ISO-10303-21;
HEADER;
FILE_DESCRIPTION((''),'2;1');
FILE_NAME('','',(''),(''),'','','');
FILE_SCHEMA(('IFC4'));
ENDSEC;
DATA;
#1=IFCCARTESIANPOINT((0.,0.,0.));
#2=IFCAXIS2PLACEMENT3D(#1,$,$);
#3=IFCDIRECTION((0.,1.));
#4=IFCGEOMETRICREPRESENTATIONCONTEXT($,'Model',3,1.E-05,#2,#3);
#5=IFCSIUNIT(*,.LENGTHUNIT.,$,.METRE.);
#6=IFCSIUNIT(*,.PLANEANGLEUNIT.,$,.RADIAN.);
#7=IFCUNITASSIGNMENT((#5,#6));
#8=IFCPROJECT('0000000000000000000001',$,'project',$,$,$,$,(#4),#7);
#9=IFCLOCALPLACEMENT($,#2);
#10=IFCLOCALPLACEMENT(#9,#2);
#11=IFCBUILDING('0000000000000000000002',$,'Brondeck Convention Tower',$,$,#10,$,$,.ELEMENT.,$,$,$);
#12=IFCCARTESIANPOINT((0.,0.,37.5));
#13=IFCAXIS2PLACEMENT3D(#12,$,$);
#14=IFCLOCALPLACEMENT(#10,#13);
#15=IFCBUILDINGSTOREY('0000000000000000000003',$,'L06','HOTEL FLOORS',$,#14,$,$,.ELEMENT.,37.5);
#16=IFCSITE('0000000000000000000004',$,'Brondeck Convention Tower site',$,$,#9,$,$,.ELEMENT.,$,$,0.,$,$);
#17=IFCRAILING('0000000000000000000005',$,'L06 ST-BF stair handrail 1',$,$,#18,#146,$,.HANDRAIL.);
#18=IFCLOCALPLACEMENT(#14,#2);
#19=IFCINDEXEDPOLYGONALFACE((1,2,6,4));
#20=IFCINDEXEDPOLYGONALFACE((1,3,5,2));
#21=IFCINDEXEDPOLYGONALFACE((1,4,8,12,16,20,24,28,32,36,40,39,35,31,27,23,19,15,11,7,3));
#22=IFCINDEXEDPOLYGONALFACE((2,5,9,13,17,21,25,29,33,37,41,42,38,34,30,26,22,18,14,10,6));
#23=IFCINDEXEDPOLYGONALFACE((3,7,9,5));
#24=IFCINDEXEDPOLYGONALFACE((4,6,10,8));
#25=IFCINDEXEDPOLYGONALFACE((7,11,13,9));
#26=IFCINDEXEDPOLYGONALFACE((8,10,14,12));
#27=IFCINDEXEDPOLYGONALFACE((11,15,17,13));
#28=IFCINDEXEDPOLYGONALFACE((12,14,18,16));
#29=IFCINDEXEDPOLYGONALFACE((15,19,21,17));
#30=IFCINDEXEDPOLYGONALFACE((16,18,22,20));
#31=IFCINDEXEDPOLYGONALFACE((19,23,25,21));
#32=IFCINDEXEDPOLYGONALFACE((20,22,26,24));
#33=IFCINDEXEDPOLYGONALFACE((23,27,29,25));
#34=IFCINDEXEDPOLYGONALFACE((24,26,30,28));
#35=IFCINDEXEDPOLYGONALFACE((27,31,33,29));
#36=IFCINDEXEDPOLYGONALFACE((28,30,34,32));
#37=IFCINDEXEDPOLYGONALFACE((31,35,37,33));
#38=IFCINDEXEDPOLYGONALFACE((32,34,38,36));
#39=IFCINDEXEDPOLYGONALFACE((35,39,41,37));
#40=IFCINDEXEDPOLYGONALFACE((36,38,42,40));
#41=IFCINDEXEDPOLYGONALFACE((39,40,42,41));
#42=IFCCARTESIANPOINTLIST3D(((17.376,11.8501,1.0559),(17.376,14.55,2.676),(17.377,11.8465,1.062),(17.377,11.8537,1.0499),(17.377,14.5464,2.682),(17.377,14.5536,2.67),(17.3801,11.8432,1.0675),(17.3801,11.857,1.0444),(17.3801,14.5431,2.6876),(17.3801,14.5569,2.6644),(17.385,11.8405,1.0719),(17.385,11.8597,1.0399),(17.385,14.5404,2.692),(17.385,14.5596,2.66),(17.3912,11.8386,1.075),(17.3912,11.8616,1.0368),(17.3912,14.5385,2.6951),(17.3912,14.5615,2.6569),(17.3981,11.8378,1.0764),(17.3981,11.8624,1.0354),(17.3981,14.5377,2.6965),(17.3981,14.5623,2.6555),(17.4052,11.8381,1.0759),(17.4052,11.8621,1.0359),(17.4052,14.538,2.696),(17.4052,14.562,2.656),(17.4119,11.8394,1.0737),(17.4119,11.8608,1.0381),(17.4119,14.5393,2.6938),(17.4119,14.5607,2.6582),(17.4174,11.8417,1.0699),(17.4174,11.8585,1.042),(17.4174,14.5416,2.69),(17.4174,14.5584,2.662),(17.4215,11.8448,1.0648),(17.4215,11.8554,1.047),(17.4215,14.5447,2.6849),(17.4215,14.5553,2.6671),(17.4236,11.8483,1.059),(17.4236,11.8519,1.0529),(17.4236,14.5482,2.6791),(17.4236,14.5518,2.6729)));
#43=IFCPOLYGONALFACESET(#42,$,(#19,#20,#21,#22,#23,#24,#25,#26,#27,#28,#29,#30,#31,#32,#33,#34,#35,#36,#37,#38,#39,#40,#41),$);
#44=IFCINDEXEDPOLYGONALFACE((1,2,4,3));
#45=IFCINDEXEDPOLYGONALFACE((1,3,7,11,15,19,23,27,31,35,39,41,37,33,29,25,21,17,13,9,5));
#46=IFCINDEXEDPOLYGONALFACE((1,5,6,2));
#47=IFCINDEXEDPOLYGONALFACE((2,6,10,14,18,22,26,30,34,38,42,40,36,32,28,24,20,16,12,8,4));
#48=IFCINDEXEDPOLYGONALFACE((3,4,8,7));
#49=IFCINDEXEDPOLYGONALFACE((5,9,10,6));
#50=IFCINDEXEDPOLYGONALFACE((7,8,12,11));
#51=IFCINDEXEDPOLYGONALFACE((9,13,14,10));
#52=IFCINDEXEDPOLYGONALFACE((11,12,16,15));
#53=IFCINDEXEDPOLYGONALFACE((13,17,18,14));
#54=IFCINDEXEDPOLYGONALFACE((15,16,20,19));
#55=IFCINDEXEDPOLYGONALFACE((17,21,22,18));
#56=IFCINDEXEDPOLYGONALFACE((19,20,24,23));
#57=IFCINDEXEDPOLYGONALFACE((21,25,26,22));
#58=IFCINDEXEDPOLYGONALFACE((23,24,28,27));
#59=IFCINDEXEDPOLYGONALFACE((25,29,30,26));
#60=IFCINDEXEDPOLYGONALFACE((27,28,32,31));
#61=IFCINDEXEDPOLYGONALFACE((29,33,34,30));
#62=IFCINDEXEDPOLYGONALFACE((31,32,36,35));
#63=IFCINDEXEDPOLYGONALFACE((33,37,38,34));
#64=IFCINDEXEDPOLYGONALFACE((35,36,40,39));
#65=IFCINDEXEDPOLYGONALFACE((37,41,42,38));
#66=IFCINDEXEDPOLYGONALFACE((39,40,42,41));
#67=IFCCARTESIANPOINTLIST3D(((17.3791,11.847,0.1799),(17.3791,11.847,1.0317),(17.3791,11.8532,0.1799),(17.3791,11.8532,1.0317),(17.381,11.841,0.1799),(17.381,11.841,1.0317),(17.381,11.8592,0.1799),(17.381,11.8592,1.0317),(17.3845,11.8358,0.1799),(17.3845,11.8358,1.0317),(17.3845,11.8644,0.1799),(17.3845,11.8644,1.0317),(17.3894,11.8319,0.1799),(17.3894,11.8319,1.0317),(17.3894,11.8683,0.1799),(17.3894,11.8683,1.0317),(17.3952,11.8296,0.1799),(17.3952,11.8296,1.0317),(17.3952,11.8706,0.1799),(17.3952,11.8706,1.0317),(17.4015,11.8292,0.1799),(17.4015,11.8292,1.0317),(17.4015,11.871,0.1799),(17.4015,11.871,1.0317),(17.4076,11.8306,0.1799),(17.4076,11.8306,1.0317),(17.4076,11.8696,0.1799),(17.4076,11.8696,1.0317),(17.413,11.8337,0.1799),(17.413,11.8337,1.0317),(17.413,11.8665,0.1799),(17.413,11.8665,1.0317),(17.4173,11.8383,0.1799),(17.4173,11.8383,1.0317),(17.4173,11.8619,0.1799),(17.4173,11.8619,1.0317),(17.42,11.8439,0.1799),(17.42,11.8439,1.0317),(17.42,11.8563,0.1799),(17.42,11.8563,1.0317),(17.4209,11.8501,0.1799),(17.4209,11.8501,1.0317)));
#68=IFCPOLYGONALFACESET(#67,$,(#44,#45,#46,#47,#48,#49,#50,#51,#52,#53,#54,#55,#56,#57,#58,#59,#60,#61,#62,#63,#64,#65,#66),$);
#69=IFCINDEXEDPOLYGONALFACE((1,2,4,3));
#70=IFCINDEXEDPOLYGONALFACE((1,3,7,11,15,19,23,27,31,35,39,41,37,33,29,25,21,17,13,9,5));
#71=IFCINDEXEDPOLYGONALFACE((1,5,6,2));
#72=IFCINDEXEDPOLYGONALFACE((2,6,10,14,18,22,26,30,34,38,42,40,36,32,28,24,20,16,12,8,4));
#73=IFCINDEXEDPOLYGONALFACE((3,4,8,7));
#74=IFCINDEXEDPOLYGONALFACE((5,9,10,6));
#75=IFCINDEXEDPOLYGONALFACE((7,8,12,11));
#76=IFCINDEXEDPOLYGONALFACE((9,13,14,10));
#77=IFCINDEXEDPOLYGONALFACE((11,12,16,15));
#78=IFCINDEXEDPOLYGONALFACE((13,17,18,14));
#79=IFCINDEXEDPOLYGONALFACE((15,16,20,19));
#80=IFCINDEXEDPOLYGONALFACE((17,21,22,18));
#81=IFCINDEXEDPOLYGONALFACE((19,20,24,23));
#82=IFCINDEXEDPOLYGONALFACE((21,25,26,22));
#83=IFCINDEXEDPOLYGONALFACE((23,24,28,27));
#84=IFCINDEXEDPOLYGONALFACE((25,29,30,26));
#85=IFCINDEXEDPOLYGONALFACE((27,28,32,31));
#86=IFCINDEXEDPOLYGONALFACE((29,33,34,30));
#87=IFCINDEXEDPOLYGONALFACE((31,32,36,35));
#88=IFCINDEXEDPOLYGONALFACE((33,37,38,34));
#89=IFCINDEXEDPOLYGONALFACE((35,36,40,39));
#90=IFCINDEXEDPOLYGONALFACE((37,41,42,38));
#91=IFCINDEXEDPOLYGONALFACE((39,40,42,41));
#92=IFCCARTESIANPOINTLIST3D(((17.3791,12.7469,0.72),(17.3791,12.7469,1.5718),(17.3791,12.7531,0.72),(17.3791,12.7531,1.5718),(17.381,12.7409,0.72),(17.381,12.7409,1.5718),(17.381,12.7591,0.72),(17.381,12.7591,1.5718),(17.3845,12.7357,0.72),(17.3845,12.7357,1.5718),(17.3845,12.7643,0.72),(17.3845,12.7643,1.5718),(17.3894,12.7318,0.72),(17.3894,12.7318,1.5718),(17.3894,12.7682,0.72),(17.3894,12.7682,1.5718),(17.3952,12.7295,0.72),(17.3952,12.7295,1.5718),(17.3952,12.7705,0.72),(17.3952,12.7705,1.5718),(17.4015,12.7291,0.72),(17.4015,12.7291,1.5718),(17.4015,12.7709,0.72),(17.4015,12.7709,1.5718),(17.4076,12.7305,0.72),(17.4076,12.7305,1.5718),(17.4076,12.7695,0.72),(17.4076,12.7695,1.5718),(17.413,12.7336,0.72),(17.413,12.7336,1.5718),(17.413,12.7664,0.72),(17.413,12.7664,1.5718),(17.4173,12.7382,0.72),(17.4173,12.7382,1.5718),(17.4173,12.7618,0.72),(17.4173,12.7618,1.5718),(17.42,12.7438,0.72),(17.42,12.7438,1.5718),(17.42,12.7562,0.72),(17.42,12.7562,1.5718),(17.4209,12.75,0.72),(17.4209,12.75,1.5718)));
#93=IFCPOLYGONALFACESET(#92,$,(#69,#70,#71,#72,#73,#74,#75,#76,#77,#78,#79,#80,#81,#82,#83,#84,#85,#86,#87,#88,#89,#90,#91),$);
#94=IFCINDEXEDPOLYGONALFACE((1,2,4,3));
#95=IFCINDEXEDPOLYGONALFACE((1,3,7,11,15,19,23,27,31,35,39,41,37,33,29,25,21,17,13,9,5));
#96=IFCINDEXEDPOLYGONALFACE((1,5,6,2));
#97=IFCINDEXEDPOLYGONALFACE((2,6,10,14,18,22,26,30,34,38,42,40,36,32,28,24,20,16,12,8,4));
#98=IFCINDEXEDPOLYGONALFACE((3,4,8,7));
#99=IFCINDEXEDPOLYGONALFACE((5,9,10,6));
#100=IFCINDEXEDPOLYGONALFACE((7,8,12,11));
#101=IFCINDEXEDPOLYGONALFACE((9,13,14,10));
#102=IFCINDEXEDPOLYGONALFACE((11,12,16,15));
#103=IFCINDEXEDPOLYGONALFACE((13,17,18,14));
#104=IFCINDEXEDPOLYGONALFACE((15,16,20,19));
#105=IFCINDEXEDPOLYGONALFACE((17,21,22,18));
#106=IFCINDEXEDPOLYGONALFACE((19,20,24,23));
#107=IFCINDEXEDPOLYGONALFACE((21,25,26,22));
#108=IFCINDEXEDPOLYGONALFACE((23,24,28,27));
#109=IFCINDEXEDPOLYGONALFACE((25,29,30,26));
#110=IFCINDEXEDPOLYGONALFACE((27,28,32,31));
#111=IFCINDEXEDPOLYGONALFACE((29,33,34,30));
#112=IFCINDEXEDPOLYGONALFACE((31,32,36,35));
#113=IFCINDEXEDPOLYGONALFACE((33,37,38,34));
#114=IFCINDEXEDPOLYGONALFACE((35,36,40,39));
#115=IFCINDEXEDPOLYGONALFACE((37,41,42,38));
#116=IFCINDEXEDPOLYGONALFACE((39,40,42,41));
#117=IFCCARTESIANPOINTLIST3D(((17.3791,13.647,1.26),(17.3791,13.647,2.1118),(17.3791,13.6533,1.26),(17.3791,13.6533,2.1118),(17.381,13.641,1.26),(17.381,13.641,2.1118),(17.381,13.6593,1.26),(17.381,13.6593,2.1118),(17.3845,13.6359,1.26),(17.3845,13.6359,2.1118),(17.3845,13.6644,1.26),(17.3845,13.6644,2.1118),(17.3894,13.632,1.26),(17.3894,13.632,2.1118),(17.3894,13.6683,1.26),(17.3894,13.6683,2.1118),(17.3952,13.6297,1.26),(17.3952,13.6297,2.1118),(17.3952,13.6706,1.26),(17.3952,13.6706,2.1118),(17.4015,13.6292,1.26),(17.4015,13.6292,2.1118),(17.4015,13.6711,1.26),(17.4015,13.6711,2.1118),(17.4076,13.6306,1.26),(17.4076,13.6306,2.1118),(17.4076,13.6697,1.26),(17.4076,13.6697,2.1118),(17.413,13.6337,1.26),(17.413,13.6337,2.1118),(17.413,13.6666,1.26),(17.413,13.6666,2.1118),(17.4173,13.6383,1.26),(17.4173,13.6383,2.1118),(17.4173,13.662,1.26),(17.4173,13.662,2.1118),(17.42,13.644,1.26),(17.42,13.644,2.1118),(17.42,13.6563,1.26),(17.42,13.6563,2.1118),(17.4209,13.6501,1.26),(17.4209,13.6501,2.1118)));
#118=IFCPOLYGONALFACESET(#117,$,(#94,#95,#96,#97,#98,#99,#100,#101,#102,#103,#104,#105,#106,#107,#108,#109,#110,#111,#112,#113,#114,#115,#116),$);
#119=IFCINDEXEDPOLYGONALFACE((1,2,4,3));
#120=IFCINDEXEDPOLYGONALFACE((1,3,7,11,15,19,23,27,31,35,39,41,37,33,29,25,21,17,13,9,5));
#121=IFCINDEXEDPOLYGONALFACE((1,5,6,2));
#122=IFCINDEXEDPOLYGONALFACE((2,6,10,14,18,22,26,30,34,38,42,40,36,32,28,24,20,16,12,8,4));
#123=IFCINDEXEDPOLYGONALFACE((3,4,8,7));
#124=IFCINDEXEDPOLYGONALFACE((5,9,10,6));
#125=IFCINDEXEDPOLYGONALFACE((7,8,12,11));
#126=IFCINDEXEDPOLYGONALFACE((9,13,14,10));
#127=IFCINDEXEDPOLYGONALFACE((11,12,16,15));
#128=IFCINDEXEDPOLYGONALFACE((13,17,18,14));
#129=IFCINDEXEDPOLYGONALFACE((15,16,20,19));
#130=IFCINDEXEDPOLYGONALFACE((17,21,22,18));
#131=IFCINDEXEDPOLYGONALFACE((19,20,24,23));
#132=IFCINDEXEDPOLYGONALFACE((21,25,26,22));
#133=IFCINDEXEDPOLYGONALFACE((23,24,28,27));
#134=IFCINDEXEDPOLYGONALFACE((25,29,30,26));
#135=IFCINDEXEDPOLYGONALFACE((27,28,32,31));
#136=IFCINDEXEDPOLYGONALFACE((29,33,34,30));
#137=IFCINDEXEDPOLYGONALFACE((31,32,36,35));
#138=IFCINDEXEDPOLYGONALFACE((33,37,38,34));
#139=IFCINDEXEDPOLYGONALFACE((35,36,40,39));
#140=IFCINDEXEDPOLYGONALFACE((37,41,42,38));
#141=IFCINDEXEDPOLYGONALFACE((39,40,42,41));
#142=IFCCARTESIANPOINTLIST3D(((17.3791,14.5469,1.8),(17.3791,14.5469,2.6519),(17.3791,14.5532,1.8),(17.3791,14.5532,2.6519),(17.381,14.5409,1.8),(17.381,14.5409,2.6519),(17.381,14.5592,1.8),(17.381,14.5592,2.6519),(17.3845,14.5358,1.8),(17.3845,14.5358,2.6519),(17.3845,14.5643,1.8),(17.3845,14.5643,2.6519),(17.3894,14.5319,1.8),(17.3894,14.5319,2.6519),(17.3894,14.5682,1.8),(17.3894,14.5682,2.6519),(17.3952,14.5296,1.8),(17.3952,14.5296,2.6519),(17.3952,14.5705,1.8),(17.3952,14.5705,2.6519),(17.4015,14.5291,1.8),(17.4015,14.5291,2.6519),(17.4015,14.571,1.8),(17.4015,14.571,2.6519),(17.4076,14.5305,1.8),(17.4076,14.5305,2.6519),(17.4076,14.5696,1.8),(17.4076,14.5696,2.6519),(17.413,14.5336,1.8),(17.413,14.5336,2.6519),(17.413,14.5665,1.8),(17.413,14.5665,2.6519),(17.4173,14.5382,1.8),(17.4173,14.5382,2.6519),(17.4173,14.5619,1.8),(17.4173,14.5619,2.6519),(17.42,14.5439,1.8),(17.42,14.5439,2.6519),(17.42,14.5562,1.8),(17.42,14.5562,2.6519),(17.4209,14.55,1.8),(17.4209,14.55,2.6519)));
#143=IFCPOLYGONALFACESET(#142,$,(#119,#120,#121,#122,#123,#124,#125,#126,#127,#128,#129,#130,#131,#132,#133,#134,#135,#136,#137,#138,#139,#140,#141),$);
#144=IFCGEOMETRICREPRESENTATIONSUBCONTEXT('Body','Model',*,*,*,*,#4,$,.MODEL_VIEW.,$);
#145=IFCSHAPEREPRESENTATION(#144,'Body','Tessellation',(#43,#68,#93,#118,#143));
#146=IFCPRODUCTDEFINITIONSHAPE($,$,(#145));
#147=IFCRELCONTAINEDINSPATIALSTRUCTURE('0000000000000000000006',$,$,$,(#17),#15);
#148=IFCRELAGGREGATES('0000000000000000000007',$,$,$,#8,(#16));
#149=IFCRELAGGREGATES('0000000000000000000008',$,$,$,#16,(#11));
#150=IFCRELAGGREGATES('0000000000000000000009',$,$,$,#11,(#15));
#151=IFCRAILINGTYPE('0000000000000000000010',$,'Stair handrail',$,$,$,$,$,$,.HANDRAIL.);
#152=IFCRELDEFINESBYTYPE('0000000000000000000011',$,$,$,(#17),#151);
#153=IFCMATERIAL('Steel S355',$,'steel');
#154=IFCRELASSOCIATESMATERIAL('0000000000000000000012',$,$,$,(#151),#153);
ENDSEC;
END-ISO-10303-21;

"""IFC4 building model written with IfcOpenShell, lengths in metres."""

from ifc_helpers import new_model, si_unit, direction, frame, origin, origin_2d, place, context, subcontext, project, spatial, circle, extrude, material, type_object, element, save


model = new_model("IFC4")

# Units and contexts
model_context = context("Model", 3, precision=1e-05, world=origin(), true_north=direction((0.0, 1.0)))
body_context = subcontext(model_context, "Body", "Model", "MODEL_VIEW")
ifc_project = project(units=[si_unit("LENGTHUNIT", "METRE"), si_unit("PLANEANGLEUNIT", "RADIAN")], contexts=[model_context])

# Site, building, storey
site_placement = place(None, origin())
site = spatial("IfcSite", under=ifc_project, at=site_placement, Name="Brondeck Convention Tower site", CompositionType="ELEMENT", RefElevation=0.0)
building_placement = place(site_placement, origin())
building = spatial("IfcBuilding", under=site, at=building_placement, Name="Brondeck Convention Tower", CompositionType="ELEMENT")
storey_placement = place(building_placement, frame((0.0, 0.0, 37.5)))
storey = spatial("IfcBuildingStorey", under=building, at=storey_placement, Name="L06", Description="HOTEL FLOORS", CompositionType="ELEMENT", Elevation=37.5)

# Shared definitions
ifc_material_1 = material(Name="Steel S355", Category="steel")

# Railing
railing_type_1 = type_object("IfcRailingType", Name="Stair handrail", PredefinedType="HANDRAIL", material=ifc_material_1)
railing_1_placement = place(storey_placement, frame((17.3999, 11.8501, 0.1799)))
element("IfcRailing", 1, at=railing_1_placement, inside=storey, type_object=railing_type_1, Name="L06 ST-BF stair handrail 1", PredefinedType="HANDRAIL", context=body_context, shape_type="SweptSolid", body=[
    extrude(circle(Radius=0.0239, at=origin_2d()), frame((0.0, 0.0, 0.876), z_axis=(0.0, 0.857472, 0.51453), x_axis=(-1.0, 0.0, 0.0)), (0.0, 0.0, 1.0), 3.1487),
    extrude(circle(Radius=0.021, at=origin_2d()), origin(), (0.0, 0.0, 1.0), 0.8518),
    extrude(circle(Radius=0.021, at=origin_2d()), frame((0.0, 0.8999, 0.54)), (0.0, 0.0, 1.0), 0.8518),
    extrude(circle(Radius=0.021, at=origin_2d()), frame((0.0, 1.8, 1.0801)), (0.0, 0.0, 1.0), 0.8518),
    extrude(circle(Radius=0.021, at=origin_2d()), frame((0.0, 2.7, 1.6201)), (0.0, 0.0, 1.0), 0.8518),
])

save(model, "model.ifc")
